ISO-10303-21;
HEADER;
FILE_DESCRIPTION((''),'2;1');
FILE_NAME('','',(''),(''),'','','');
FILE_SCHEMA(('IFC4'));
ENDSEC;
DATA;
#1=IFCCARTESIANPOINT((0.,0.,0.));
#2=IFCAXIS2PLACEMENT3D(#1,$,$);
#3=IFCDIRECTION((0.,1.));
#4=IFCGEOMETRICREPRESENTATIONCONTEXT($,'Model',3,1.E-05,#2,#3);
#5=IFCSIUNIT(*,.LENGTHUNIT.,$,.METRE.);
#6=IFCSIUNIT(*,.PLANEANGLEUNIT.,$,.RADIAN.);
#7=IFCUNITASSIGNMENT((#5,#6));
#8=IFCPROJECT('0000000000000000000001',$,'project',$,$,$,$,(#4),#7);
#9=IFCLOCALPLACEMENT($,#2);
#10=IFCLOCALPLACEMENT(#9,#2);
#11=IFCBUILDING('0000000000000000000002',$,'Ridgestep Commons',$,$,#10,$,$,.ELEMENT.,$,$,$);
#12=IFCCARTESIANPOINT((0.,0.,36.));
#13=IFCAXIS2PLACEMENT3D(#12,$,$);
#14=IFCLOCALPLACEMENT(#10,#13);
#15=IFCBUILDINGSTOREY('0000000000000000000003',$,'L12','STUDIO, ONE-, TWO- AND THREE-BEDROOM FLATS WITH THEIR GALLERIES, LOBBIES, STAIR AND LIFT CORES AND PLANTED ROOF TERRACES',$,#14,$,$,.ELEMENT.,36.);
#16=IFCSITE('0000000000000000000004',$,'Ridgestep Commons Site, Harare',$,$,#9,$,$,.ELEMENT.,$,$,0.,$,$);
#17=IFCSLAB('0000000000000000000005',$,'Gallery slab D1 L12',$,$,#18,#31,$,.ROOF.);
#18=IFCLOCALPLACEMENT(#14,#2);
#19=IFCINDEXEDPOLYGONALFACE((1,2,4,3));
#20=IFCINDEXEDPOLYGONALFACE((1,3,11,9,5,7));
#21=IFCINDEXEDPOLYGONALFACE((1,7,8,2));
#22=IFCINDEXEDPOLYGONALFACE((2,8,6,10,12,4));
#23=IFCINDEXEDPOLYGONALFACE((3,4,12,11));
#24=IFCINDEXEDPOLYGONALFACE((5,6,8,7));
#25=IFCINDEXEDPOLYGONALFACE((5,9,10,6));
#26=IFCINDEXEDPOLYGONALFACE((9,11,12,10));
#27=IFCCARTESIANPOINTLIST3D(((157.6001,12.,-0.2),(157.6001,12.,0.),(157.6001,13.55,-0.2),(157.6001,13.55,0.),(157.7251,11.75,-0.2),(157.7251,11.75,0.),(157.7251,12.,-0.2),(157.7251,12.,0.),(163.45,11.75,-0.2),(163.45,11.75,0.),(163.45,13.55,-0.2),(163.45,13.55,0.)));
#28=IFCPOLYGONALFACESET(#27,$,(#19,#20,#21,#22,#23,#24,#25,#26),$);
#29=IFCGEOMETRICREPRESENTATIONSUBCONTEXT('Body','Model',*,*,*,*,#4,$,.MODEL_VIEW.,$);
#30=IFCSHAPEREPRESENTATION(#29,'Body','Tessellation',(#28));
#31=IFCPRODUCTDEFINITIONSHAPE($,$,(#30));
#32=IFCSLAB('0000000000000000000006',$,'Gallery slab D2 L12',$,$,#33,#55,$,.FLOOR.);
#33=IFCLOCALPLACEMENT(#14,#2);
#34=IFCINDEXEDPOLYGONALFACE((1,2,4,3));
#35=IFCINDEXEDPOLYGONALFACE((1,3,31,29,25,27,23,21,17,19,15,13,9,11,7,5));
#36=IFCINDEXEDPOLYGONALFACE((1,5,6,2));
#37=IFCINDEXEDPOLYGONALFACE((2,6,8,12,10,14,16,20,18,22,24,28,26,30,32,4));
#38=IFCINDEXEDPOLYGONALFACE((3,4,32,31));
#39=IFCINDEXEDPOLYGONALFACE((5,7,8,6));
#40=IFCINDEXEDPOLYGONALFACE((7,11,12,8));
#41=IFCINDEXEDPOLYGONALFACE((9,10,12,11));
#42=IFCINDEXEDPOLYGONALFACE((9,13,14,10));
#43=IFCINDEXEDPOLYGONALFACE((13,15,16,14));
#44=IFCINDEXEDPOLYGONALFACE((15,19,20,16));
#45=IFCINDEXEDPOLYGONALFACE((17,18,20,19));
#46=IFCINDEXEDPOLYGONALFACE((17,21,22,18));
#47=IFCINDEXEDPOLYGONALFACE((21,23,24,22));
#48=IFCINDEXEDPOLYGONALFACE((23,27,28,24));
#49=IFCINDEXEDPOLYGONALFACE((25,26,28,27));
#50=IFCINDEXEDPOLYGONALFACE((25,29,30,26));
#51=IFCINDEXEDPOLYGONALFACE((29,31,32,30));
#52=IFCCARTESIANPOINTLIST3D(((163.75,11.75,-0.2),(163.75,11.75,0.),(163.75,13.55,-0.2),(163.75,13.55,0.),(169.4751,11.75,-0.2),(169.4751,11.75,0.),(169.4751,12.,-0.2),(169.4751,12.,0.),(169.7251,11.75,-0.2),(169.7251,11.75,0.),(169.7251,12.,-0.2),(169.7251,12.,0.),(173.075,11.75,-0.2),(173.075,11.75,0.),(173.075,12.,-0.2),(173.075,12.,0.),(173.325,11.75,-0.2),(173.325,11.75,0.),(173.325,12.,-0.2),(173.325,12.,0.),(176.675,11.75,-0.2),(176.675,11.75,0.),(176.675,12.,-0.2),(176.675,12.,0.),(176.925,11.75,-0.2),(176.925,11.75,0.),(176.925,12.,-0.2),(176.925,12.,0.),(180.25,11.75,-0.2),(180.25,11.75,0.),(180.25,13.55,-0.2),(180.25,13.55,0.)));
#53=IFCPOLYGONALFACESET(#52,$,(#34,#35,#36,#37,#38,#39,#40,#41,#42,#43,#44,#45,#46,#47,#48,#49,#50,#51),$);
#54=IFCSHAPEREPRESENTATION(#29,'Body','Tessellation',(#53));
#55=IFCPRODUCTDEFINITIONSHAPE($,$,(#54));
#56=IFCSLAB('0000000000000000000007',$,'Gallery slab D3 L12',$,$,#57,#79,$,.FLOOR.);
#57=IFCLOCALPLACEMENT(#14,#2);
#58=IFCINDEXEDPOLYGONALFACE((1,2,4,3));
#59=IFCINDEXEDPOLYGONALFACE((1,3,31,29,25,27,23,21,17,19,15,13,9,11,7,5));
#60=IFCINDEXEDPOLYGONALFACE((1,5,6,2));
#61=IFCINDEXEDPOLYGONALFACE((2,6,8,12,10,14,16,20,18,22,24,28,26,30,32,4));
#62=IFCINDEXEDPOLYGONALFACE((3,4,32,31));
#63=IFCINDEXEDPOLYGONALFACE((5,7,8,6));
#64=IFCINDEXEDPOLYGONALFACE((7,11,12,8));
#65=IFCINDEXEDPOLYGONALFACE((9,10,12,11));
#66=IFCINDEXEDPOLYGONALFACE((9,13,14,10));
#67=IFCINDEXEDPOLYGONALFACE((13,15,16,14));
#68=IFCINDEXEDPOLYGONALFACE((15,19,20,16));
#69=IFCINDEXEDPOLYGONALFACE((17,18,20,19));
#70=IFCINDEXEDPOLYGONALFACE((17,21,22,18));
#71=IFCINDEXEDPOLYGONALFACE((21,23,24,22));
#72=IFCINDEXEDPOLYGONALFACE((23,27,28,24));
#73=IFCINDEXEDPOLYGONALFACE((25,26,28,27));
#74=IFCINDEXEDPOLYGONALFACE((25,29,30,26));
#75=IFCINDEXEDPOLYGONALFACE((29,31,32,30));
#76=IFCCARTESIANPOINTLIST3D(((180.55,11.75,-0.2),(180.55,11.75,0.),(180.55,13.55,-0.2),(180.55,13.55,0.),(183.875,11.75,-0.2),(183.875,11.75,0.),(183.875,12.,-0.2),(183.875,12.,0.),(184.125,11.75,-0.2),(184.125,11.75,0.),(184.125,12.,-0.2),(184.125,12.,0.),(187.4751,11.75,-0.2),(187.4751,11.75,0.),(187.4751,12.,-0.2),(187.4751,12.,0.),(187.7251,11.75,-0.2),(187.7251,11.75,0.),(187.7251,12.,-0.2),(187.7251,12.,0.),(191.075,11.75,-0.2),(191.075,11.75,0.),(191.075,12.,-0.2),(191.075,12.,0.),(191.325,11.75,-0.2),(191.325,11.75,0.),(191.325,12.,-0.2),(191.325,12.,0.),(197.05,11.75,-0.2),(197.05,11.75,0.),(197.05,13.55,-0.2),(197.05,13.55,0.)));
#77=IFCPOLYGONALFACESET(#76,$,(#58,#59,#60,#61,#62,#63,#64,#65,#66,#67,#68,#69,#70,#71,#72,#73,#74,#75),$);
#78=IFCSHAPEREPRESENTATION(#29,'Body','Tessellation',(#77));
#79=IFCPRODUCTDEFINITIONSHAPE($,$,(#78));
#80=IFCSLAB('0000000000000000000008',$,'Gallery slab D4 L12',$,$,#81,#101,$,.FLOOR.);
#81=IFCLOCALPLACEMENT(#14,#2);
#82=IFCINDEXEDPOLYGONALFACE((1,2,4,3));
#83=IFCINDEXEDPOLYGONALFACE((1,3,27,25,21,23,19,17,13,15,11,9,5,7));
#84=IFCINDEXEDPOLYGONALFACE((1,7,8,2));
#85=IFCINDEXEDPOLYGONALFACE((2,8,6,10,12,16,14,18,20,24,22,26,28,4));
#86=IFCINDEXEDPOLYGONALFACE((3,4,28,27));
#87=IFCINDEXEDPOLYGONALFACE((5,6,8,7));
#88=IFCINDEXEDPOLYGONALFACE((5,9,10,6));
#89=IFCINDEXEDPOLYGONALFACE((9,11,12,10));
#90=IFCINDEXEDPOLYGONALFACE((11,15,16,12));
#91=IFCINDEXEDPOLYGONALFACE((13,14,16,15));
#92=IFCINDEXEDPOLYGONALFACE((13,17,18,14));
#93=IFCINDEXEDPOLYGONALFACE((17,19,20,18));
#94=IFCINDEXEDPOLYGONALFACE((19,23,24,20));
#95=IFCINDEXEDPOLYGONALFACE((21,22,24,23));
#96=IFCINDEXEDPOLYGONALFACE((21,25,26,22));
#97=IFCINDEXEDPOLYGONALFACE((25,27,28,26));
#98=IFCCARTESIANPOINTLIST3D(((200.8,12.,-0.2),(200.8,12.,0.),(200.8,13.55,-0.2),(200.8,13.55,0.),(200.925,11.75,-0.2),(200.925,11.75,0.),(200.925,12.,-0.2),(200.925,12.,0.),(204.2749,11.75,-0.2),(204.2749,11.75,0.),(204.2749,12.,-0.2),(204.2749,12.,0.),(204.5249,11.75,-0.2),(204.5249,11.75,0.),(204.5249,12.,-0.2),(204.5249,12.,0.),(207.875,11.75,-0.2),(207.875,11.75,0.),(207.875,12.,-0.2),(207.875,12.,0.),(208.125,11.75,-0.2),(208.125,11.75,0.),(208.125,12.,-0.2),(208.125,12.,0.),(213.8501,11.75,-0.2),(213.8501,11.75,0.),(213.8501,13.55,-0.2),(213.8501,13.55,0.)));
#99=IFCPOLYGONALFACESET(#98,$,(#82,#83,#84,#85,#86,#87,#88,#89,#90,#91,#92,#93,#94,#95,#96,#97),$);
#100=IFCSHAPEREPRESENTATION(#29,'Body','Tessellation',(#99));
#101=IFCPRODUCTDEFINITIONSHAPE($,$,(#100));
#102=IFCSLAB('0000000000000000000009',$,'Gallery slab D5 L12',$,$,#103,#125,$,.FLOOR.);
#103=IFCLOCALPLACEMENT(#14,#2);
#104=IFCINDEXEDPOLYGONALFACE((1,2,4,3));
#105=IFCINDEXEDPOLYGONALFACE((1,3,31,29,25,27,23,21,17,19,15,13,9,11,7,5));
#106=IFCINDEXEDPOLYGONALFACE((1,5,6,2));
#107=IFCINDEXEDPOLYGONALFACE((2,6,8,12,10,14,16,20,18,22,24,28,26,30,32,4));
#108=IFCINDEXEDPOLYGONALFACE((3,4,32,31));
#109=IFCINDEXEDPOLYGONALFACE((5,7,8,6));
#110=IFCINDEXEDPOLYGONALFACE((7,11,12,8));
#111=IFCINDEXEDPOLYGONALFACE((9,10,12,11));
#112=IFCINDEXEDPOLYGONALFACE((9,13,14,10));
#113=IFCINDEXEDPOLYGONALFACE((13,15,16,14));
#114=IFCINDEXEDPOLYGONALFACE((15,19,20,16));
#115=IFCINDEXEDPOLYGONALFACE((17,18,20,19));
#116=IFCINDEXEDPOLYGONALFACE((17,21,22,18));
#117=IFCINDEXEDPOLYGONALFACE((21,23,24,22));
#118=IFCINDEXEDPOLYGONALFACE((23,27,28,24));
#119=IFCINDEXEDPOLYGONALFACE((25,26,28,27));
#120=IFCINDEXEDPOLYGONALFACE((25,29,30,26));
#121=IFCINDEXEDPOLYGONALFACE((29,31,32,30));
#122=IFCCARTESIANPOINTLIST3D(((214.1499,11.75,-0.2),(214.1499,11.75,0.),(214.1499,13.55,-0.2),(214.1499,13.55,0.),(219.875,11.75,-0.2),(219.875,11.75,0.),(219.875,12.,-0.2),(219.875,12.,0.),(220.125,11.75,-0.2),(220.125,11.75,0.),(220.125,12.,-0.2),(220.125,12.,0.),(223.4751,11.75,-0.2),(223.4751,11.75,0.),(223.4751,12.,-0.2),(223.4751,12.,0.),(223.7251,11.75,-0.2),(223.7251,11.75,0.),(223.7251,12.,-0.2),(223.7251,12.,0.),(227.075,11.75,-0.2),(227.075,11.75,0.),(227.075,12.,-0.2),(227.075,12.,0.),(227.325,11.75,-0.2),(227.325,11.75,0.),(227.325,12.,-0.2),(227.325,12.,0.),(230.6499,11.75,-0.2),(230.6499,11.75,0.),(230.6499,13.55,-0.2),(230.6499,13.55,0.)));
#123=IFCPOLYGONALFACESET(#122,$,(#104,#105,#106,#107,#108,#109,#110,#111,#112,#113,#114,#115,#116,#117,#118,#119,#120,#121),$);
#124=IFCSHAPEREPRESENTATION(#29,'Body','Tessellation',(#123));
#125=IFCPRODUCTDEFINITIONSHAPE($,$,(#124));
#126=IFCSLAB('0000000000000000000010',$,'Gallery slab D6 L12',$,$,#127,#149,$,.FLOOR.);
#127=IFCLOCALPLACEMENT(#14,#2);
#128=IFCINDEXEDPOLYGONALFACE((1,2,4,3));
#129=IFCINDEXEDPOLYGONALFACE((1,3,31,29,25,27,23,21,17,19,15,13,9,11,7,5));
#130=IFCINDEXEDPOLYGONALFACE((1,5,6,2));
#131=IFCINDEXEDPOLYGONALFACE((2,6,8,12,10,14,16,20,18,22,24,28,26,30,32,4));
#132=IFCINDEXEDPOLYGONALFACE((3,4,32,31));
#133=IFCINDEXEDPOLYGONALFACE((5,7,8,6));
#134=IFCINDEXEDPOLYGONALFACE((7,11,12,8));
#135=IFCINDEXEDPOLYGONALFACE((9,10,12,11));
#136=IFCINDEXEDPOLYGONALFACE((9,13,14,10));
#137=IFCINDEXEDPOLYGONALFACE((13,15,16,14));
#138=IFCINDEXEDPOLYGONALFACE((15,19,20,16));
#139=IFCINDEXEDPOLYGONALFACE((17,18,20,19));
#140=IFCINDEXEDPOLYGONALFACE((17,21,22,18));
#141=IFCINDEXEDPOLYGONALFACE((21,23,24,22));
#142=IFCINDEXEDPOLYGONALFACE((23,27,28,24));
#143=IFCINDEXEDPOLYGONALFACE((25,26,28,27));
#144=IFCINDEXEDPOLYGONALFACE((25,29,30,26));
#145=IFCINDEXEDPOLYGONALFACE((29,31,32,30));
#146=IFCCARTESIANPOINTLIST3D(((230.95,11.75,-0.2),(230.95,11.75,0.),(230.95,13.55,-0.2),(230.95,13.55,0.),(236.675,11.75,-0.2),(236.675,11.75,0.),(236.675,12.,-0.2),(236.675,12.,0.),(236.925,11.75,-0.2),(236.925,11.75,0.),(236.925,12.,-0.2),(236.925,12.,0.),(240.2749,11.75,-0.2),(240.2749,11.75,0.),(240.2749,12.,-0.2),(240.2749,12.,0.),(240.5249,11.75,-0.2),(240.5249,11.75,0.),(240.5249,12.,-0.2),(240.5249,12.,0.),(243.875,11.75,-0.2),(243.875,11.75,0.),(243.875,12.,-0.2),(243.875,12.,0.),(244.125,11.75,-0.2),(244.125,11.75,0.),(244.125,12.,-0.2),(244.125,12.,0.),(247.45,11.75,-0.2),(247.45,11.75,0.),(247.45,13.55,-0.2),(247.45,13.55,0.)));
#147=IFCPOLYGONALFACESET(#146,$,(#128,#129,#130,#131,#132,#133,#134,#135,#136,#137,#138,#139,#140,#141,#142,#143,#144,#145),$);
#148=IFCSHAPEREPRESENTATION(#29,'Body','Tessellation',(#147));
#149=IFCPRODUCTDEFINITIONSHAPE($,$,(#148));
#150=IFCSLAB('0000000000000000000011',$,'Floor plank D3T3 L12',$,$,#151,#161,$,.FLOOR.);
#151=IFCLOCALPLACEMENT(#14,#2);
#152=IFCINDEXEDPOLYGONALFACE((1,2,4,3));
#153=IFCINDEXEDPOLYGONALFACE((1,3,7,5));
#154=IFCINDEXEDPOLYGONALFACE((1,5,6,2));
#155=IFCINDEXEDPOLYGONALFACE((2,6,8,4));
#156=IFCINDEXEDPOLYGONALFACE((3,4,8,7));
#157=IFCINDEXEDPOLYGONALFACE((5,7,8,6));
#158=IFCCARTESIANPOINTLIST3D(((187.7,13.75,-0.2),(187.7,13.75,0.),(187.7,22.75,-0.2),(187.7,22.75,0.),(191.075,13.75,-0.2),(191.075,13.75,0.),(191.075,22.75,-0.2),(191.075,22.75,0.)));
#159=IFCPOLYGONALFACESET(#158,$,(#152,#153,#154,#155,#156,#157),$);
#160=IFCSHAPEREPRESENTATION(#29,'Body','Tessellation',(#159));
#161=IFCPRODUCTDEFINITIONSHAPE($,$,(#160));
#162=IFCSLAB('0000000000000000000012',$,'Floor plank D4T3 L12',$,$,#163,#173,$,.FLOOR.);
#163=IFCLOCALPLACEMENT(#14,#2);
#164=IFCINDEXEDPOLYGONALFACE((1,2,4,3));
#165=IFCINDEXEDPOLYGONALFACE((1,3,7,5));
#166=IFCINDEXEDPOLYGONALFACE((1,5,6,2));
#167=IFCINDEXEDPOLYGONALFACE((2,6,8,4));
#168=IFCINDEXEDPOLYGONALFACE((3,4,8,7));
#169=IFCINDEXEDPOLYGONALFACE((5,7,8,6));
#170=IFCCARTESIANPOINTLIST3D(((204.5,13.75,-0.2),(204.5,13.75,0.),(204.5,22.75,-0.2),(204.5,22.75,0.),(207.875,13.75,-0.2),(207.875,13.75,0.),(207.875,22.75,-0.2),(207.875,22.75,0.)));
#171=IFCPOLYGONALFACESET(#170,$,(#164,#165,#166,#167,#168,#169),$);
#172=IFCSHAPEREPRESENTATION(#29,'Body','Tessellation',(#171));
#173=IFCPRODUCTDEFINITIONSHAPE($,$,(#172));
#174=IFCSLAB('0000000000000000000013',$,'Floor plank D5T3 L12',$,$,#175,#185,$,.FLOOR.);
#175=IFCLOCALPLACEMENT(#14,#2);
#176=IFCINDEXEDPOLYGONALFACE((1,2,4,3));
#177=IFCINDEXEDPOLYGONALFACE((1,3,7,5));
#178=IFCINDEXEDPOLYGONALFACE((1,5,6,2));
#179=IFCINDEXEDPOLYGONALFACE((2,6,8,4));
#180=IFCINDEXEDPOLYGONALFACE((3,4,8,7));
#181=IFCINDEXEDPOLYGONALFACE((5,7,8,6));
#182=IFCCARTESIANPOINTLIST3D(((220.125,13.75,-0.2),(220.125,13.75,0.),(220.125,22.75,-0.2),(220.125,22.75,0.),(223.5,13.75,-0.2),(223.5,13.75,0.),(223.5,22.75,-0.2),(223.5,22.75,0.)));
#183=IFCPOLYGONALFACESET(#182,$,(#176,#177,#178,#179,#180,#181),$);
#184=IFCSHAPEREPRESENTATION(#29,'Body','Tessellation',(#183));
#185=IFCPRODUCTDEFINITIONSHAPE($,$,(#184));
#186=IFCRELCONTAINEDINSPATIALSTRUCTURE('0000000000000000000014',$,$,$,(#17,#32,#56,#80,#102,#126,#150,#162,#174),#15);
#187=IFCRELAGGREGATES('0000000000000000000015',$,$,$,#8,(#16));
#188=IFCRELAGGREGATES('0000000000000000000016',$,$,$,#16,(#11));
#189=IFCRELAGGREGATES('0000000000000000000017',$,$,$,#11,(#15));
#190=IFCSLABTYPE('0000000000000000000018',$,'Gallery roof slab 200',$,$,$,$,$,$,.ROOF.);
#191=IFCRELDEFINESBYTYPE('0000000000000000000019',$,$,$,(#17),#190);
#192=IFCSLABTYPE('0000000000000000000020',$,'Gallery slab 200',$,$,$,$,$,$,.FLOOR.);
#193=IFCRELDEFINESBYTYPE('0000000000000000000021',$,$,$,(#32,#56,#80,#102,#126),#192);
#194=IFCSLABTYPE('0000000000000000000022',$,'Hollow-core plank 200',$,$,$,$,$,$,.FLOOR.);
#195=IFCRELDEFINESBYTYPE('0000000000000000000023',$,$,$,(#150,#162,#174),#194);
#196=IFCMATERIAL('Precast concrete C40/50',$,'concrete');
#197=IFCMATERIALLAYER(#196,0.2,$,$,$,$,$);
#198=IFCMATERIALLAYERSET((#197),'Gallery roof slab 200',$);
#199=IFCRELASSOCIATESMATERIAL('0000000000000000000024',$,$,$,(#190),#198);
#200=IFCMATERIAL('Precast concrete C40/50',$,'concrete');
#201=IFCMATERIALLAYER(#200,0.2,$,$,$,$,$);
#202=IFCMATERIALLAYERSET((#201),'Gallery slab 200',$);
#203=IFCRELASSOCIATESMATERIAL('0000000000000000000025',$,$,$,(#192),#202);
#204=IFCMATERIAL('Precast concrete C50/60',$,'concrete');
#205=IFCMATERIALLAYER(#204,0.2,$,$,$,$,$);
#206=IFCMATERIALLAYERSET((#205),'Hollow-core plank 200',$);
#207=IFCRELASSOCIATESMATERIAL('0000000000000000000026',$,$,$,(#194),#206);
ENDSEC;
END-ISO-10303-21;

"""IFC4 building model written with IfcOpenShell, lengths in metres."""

from ifc_helpers import new_model, si_unit, direction, frame, origin, place, context, subcontext, project, spatial, polyline, outline, extrude, material, layer, layer_set, type_object, element, save


model = new_model("IFC4")

# Units and contexts
model_context = context("Model", 3, precision=1e-05, world=origin(), true_north=direction((0.0, 1.0)))
body_context = subcontext(model_context, "Body", "Model", "MODEL_VIEW")
ifc_project = project(units=[si_unit("LENGTHUNIT", "METRE"), si_unit("PLANEANGLEUNIT", "RADIAN")], contexts=[model_context])

# Site, building, storey
site_placement = place(None, origin())
site = spatial("IfcSite", under=ifc_project, at=site_placement, Name="Ridgestep Commons Site, Harare", CompositionType="ELEMENT", RefElevation=0.0)
building_placement = place(site_placement, origin())
building = spatial("IfcBuilding", under=site, at=building_placement, Name="Ridgestep Commons", CompositionType="ELEMENT")
storey_placement = place(building_placement, frame((0.0, 0.0, 36.0)))
storey = spatial("IfcBuildingStorey", under=building, at=storey_placement, Name="L12", Description="STUDIO, ONE-, TWO- AND THREE-BEDROOM FLATS WITH THEIR GALLERIES, LOBBIES, STAIR AND LIFT CORES AND PLANTED ROOF TERRACES", CompositionType="ELEMENT", Elevation=36.0)

# Slabs
ifc_material_1 = material(Name="Precast concrete C40/50", Category="concrete")
ifc_layer_1 = layer(ifc_material_1, 0.2)
ifc_layer_set_1 = layer_set([ifc_layer_1], Name="Gallery roof slab 200")
slab_type_1 = type_object("IfcSlabType", Name="Gallery roof slab 200", PredefinedType="ROOF", material=ifc_layer_set_1)
slab_1_placement = place(storey_placement, frame((0.0, 0.0, -0.2)))
element("IfcSlab", 1, at=slab_1_placement, inside=storey, type_object=slab_type_1, Name="Gallery slab D1 L12", PredefinedType="ROOF", context=body_context, shape_type="SweptSolid", body=[
    extrude(outline(polyline([(157.6001, 13.55), (157.6001, 12.0), (157.7251, 12.0), (157.7251, 11.75), (163.45, 11.75), (163.45, 13.55), (157.6001, 13.55)])), origin(), (0.0, 0.0, 1.0), 0.2),
])
ifc_material_2 = material(Name="Precast concrete C40/50", Category="concrete")
ifc_layer_2 = layer(ifc_material_2, 0.2)
ifc_layer_set_2 = layer_set([ifc_layer_2], Name="Gallery slab 200")
slab_type_2 = type_object("IfcSlabType", Name="Gallery slab 200", PredefinedType="FLOOR", material=ifc_layer_set_2)
slab_2_placement = place(storey_placement, frame((0.0, 0.0, -0.2)))
element("IfcSlab", 2, at=slab_2_placement, inside=storey, type_object=slab_type_2, Name="Gallery slab D2 L12", PredefinedType="FLOOR", context=body_context, shape_type="SweptSolid", body=[
    extrude(outline(polyline([(180.25, 13.55), (163.75, 13.55), (163.75, 11.75), (169.4751, 11.75), (169.4751, 12.0), (169.7251, 12.0), (169.7251, 11.75), (173.075, 11.75), (173.075, 12.0), (173.325, 12.0), (173.325, 11.75), (176.675, 11.75), (176.675, 12.0), (176.925, 12.0), (176.925, 11.75), (180.25, 11.75), (180.25, 13.55)])), origin(), (0.0, 0.0, 1.0), 0.2),
])
slab_3_placement = place(storey_placement, frame((0.0, 0.0, -0.2)))
element("IfcSlab", 3, at=slab_3_placement, inside=storey, type_object=slab_type_2, Name="Gallery slab D3 L12", PredefinedType="FLOOR", context=body_context, shape_type="SweptSolid", body=[
    extrude(outline(polyline([(197.05, 13.55), (180.55, 13.55), (180.55, 11.75), (183.875, 11.75), (183.875, 12.0), (184.125, 12.0), (184.125, 11.75), (187.4751, 11.75), (187.4751, 12.0), (187.7251, 12.0), (187.7251, 11.75), (191.075, 11.75), (191.075, 12.0), (191.325, 12.0), (191.325, 11.75), (197.05, 11.75), (197.05, 13.55)])), origin(), (0.0, 0.0, 1.0), 0.2),
])
slab_4_placement = place(storey_placement, frame((0.0, 0.0, -0.2)))
element("IfcSlab", 4, at=slab_4_placement, inside=storey, type_object=slab_type_2, Name="Gallery slab D4 L12", PredefinedType="FLOOR", context=body_context, shape_type="SweptSolid", body=[
    extrude(outline(polyline([(213.8501, 11.75), (213.8501, 13.55), (200.8, 13.55), (200.8, 12.0), (200.925, 12.0), (200.925, 11.75), (204.2749, 11.75), (204.2749, 12.0), (204.5249, 12.0), (204.5249, 11.75), (207.875, 11.75), (207.875, 12.0), (208.125, 12.0), (208.125, 11.75), (213.8501, 11.75)])), origin(), (0.0, 0.0, 1.0), 0.2),
])
slab_5_placement = place(storey_placement, frame((0.0, 0.0, -0.2)))
element("IfcSlab", 5, at=slab_5_placement, inside=storey, type_object=slab_type_2, Name="Gallery slab D5 L12", PredefinedType="FLOOR", context=body_context, shape_type="SweptSolid", body=[
    extrude(outline(polyline([(230.6499, 13.55), (214.1499, 13.55), (214.1499, 11.75), (219.875, 11.75), (219.875, 12.0), (220.125, 12.0), (220.125, 11.75), (223.4751, 11.75), (223.4751, 12.0), (223.7251, 12.0), (223.7251, 11.75), (227.075, 11.75), (227.075, 12.0), (227.325, 12.0), (227.325, 11.75), (230.6499, 11.75), (230.6499, 13.55)])), origin(), (0.0, 0.0, 1.0), 0.2),
])
slab_6_placement = place(storey_placement, frame((0.0, 0.0, -0.2)))
element("IfcSlab", 6, at=slab_6_placement, inside=storey, type_object=slab_type_2, Name="Gallery slab D6 L12", PredefinedType="FLOOR", context=body_context, shape_type="SweptSolid", body=[
    extrude(outline(polyline([(247.45, 13.55), (230.95, 13.55), (230.95, 11.75), (236.675, 11.75), (236.675, 12.0), (236.925, 12.0), (236.925, 11.75), (240.2749, 11.75), (240.2749, 12.0), (240.5249, 12.0), (240.5249, 11.75), (243.875, 11.75), (243.875, 12.0), (244.125, 12.0), (244.125, 11.75), (247.45, 11.75), (247.45, 13.55)])), origin(), (0.0, 0.0, 1.0), 0.2),
])
ifc_material_3 = material(Name="Precast concrete C50/60", Category="concrete")
ifc_layer_3 = layer(ifc_material_3, 0.2)
ifc_layer_set_3 = layer_set([ifc_layer_3], Name="Hollow-core plank 200")
slab_type_3 = type_object("IfcSlabType", Name="Hollow-core plank 200", PredefinedType="FLOOR", material=ifc_layer_set_3)
slab_7_placement = place(storey_placement, frame((0.0, 0.0, -0.2)))
element("IfcSlab", 7, at=slab_7_placement, inside=storey, type_object=slab_type_3, Name="Floor plank D3T3 L12", PredefinedType="FLOOR", context=body_context, shape_type="SweptSolid", body=[
    extrude(outline(polyline([(191.075, 13.75), (191.075, 22.75), (187.7, 22.75), (187.7, 13.75), (191.075, 13.75)])), origin(), (0.0, 0.0, 1.0), 0.2),
])
slab_8_placement = place(storey_placement, frame((0.0, 0.0, -0.2)))
element("IfcSlab", 8, at=slab_8_placement, inside=storey, type_object=slab_type_3, Name="Floor plank D4T3 L12", PredefinedType="FLOOR", context=body_context, shape_type="SweptSolid", body=[
    extrude(outline(polyline([(207.875, 13.75), (207.875, 22.75), (204.5, 22.75), (204.5, 13.75), (207.875, 13.75)])), origin(), (0.0, 0.0, 1.0), 0.2),
])
slab_9_placement = place(storey_placement, frame((0.0, 0.0, -0.2)))
element("IfcSlab", 9, at=slab_9_placement, inside=storey, type_object=slab_type_3, Name="Floor plank D5T3 L12", PredefinedType="FLOOR", context=body_context, shape_type="SweptSolid", body=[
    extrude(outline(polyline([(223.5, 13.75), (223.5, 22.75), (220.125, 22.75), (220.125, 13.75), (223.5, 13.75)])), origin(), (0.0, 0.0, 1.0), 0.2),
])

save(model, "model.ifc")
